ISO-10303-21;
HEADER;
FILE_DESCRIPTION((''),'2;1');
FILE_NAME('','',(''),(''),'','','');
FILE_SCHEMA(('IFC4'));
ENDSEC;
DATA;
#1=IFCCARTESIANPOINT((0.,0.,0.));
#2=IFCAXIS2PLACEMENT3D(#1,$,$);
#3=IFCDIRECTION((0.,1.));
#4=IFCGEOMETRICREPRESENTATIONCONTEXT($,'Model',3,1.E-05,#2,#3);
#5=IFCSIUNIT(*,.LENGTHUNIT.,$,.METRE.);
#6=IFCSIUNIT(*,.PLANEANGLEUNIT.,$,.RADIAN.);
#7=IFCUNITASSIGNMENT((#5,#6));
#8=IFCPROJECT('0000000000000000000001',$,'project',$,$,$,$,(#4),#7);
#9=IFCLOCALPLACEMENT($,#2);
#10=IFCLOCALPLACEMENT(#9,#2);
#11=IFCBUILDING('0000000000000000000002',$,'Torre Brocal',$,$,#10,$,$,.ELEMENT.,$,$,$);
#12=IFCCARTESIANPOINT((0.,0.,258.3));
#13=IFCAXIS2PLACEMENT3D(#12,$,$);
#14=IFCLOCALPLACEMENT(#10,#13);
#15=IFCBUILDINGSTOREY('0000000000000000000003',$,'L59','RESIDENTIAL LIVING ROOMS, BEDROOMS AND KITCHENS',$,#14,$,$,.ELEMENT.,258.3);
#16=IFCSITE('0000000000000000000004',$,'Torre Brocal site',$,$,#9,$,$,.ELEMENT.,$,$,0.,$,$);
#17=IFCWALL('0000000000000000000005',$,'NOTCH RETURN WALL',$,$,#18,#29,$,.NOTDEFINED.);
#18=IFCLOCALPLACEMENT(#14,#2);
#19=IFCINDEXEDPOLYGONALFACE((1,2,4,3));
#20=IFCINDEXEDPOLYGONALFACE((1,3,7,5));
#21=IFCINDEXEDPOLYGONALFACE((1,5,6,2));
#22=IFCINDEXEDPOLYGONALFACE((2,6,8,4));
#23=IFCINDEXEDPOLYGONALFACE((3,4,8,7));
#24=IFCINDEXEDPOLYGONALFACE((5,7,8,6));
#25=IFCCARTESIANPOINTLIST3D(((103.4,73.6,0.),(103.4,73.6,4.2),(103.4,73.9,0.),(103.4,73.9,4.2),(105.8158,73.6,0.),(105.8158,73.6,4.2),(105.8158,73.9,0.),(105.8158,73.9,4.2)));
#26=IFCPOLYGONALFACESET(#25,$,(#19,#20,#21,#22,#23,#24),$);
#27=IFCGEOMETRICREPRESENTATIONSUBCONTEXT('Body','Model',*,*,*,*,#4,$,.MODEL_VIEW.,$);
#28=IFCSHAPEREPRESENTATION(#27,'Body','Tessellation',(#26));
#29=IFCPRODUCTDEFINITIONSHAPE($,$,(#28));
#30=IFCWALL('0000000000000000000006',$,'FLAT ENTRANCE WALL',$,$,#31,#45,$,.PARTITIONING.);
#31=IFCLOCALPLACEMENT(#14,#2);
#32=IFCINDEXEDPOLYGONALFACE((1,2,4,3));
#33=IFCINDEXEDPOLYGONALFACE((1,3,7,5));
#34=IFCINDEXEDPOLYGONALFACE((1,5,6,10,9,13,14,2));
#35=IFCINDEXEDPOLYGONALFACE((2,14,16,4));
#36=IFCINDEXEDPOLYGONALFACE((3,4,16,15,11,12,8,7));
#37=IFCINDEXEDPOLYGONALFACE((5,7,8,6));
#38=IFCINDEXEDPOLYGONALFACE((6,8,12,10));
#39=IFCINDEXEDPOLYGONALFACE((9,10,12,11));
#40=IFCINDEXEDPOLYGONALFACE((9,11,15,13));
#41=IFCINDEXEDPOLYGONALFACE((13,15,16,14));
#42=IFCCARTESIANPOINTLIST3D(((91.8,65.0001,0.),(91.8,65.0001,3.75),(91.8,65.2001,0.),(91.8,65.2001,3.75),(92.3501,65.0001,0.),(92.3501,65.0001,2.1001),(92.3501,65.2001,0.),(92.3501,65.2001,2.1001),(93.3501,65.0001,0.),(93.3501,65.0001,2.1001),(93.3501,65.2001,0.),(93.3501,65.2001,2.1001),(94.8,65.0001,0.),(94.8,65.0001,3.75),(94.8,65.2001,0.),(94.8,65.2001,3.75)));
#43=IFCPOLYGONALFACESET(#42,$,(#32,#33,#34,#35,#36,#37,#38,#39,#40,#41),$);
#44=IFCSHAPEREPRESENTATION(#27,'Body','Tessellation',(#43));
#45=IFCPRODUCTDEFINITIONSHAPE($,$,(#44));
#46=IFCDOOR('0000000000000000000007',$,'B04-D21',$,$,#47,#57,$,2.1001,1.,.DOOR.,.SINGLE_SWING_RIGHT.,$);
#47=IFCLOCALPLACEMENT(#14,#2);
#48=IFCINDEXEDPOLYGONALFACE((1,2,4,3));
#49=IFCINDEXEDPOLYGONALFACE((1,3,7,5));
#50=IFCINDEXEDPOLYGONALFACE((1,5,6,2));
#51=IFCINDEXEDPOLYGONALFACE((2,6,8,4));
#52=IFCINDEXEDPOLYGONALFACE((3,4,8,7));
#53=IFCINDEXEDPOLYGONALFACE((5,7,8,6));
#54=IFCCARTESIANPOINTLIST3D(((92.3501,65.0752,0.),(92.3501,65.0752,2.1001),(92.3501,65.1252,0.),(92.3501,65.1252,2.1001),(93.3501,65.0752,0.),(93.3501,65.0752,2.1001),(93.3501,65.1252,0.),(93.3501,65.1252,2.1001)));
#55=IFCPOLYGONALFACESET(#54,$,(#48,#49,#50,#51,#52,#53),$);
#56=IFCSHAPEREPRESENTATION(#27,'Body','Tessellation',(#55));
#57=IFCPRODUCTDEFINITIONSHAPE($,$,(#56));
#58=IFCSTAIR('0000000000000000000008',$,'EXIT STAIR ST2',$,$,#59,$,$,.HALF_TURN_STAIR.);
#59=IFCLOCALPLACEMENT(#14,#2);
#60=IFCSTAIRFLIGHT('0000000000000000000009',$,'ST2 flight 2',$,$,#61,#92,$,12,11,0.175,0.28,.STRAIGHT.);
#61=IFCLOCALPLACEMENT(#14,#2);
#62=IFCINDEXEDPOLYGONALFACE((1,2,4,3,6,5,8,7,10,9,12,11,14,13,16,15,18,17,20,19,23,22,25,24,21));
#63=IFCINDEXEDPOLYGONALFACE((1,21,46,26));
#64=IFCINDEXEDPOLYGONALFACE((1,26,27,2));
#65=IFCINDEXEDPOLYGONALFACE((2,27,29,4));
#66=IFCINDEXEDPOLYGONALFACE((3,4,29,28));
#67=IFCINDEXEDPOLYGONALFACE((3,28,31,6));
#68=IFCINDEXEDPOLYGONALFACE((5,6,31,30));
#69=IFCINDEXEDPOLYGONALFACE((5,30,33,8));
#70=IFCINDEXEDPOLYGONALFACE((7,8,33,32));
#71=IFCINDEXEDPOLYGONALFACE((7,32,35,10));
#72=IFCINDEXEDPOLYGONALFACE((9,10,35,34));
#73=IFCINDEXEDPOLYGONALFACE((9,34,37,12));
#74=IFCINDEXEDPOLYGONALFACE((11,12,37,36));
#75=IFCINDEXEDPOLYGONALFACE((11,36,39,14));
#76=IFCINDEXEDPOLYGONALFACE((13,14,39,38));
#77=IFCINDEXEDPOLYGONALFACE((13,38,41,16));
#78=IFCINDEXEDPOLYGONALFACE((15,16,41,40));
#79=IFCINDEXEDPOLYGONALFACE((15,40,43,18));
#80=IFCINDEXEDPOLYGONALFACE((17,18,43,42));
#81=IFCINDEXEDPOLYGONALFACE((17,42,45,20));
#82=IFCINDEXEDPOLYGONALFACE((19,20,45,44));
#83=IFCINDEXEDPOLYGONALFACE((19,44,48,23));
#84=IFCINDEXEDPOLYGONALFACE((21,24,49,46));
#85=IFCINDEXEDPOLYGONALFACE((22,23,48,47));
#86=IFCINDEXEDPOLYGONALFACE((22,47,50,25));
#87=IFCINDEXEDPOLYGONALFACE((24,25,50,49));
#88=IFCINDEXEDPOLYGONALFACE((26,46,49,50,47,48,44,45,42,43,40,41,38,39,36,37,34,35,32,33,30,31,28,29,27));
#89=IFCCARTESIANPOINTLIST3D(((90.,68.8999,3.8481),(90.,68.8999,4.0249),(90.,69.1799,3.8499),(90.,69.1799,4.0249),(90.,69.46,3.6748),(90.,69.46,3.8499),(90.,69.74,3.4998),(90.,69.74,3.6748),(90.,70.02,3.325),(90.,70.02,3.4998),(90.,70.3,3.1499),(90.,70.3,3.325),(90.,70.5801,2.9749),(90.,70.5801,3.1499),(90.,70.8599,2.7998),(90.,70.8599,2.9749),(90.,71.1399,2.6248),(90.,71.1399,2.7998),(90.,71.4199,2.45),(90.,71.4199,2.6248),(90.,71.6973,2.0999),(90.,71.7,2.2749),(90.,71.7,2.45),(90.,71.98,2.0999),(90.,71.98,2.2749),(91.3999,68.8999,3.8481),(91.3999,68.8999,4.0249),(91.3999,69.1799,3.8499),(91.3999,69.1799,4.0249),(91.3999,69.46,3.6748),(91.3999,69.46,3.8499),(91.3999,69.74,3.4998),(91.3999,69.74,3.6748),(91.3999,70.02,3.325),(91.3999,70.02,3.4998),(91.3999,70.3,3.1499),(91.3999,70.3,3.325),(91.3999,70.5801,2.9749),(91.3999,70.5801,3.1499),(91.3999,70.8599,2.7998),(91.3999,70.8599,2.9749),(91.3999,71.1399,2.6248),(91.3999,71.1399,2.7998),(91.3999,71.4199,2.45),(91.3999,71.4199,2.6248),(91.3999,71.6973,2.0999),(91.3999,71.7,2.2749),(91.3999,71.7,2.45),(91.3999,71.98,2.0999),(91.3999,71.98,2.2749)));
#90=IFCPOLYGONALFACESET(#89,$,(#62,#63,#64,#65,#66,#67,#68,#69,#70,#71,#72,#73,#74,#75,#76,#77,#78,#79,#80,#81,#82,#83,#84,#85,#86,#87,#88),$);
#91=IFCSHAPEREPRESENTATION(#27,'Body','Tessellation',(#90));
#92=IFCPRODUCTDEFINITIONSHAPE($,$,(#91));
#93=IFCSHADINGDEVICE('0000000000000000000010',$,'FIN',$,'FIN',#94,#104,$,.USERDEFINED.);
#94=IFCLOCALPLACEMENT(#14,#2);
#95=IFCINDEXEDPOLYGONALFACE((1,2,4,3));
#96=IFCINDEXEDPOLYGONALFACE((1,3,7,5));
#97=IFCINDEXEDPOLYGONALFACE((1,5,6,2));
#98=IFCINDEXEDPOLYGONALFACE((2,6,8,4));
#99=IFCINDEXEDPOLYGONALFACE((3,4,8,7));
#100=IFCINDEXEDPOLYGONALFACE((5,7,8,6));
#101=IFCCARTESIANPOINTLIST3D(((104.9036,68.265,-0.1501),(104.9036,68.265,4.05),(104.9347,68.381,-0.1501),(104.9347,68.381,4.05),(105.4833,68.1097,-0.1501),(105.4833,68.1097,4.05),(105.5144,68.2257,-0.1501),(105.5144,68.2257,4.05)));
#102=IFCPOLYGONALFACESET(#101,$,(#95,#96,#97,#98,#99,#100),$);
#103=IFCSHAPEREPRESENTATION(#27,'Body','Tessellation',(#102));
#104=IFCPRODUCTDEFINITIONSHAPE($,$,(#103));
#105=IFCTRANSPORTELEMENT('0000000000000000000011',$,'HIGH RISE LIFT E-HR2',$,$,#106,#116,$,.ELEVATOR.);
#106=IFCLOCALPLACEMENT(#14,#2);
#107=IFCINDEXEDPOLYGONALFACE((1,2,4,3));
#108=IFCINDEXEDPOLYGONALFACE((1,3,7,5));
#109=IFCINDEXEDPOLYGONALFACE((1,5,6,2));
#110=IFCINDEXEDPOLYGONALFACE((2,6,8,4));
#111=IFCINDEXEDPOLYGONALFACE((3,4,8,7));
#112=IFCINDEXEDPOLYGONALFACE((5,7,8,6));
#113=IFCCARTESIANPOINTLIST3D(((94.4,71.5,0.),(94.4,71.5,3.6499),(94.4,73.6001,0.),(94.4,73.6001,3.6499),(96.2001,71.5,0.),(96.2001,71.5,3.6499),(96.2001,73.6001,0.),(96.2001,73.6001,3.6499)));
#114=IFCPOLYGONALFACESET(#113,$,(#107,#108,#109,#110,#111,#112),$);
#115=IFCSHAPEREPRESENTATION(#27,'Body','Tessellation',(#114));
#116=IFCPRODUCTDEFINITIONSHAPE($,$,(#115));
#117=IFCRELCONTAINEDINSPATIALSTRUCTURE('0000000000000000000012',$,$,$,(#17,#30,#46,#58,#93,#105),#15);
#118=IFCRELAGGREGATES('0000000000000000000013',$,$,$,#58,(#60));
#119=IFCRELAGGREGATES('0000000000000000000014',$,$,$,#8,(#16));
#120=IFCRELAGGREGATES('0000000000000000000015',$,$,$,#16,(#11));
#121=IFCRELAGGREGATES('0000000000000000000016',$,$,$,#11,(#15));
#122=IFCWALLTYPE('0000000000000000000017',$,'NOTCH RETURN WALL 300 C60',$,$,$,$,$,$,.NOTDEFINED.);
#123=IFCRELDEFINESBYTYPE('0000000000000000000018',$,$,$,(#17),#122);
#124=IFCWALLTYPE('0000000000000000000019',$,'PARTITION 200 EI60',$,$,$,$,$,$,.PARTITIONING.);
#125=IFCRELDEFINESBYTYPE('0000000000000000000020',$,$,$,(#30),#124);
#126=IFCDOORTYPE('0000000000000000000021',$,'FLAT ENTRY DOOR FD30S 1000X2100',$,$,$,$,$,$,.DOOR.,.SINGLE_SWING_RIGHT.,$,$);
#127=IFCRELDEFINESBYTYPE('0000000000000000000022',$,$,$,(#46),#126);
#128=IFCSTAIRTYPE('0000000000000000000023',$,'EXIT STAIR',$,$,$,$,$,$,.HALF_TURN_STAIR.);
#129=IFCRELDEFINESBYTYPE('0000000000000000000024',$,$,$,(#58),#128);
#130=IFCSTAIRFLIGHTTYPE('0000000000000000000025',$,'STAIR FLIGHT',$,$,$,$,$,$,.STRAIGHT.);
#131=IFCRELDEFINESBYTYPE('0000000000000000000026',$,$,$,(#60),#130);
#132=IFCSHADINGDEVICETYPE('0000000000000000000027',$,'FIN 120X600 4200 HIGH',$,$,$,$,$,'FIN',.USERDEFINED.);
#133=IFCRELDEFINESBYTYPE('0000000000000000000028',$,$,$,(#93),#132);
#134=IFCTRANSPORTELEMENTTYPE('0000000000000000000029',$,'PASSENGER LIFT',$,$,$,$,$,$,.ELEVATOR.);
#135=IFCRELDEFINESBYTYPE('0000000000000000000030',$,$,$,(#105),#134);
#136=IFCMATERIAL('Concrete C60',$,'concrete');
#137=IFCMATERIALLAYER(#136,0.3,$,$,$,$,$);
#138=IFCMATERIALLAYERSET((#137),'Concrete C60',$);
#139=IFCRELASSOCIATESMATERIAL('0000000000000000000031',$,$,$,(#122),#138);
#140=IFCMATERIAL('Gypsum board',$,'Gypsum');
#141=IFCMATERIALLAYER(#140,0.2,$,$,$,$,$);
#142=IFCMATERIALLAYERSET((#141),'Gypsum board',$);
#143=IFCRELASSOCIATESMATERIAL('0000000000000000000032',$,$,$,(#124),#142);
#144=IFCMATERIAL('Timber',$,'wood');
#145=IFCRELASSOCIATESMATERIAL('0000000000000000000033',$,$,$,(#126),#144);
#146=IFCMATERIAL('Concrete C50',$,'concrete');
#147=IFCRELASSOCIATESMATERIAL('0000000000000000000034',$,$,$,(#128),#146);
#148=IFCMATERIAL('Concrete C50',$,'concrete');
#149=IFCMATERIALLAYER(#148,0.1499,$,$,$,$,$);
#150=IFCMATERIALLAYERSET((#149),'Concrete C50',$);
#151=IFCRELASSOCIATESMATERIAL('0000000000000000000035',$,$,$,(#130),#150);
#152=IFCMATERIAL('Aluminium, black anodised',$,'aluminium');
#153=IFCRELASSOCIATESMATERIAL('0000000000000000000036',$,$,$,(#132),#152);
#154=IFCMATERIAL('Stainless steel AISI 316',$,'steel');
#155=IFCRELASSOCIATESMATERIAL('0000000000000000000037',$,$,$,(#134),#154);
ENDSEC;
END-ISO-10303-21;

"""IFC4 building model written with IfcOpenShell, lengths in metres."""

from ifc_helpers import new_model, si_unit, direction, frame, frame_2d, origin, origin_2d, place, context, subcontext, project, spatial, polyline, rectangle, outline, extrude, material, layer, layer_set, material_profile, profile_set, type_object, element, fill, aggregate, save


model = new_model("IFC4")

# Units and contexts
model_context = context("Model", 3, precision=1e-05, world=origin(), true_north=direction((0.0, 1.0)))
body_context = subcontext(model_context, "Body", "Model", "MODEL_VIEW")
ifc_project = project(units=[si_unit("LENGTHUNIT", "METRE"), si_unit("PLANEANGLEUNIT", "RADIAN")], contexts=[model_context])

# Site, building, storey
site_placement = place(None, origin())
site = spatial("IfcSite", under=ifc_project, at=site_placement, Name="Torre Brocal site", CompositionType="ELEMENT", RefElevation=0.0)
building_placement = place(site_placement, origin())
building = spatial("IfcBuilding", under=site, at=building_placement, Name="Torre Brocal", CompositionType="ELEMENT")
storey_placement = place(building_placement, frame((0.0, 0.0, 258.3)))
storey = spatial("IfcBuildingStorey", under=building, at=storey_placement, Name="L59", Description="RESIDENTIAL LIVING ROOMS, BEDROOMS AND KITCHENS", CompositionType="ELEMENT", Elevation=258.3)

# Wall
ifc_material_1 = material(Name="Concrete C60", Category="concrete")
ifc_layer_1 = layer(ifc_material_1, 0.3)
ifc_layer_set_1 = layer_set([ifc_layer_1], Name="Concrete C60")
wall_type_1 = type_object("IfcWallType", Name="NOTCH RETURN WALL 300 C60", PredefinedType="NOTDEFINED", material=ifc_layer_set_1)
wall_1_placement = place(storey_placement, frame((103.3999, 73.75, 0.0), z_axis=(0.0, 0.0, 1.0), x_axis=(1.0, 0.0, 0.0)))
element("IfcWall", 1, at=wall_1_placement, inside=storey, type_object=wall_type_1, Name="NOTCH RETURN WALL", PredefinedType="NOTDEFINED", context=body_context, shape_type="SweptSolid", body=[
    extrude(rectangle(XDim=2.4158, YDim=0.3, at=frame_2d((1.208, 0.0))), origin(), (0.0, 0.0, 1.0), 4.2),
])

# Wall, opening, door
ifc_material_2 = material(Name="Gypsum board", Category="Gypsum")
ifc_layer_2 = layer(ifc_material_2, 0.2)
ifc_layer_set_2 = layer_set([ifc_layer_2], Name="Gypsum board")
wall_type_2 = type_object("IfcWallType", Name="PARTITION 200 EI60", PredefinedType="PARTITIONING", material=ifc_layer_set_2)
wall_2_placement = place(storey_placement, frame((91.8, 65.1001, 0.0), z_axis=(0.0, 0.0, 1.0), x_axis=(1.0, 0.0, 0.0)))
wall_2 = element("IfcWall", 2, at=wall_2_placement, inside=storey, type_object=wall_type_2, Name="FLAT ENTRANCE WALL", PredefinedType="PARTITIONING", context=body_context, shape_type="SweptSolid", body=[
    extrude(rectangle(XDim=3.0, YDim=0.2, at=frame_2d((1.5, 0.0))), origin(), (0.0, 0.0, 1.0), 3.75),
])
opening_1_placement = place(wall_2_placement, frame((0.55, 0.0, 0.0)))
opening_1 = element("IfcOpeningElement", 3, at=opening_1_placement, cuts=wall_2, PredefinedType="OPENING", context=body_context, shape_type="SweptSolid", body=[
    extrude(rectangle(XDim=1.0, YDim=2.1001, at=frame_2d((0.5, 1.05))), frame((0.0, 0.1099, 0.0), z_axis=(0.0, -1.0, 0.0), x_axis=(1.0, 0.0, 0.0)), (0.0, 0.0, 1.0), 0.22),
])
ifc_material_3 = material(Name="Timber", Category="wood")
door_type_1 = type_object("IfcDoorType", Name="FLAT ENTRY DOOR FD30S 1000X2100", OperationType="SINGLE_SWING_RIGHT", PredefinedType="DOOR", material=ifc_material_3)
door_1_placement = place(opening_1_placement, frame((1.0, 0.0, 0.0), z_axis=(0.0, 0.0, 1.0), x_axis=(-1.0, 0.0, 0.0)))
door_1 = element("IfcDoor", 4, at=door_1_placement, inside=storey, type_object=door_type_1, Name="B04-D21", OperationType="SINGLE_SWING_RIGHT", OverallHeight=2.1001, OverallWidth=1.0, PredefinedType="DOOR", context=body_context, shape_type="SweptSolid", body=[
    extrude(rectangle(XDim=1.0, YDim=2.1001, at=frame_2d((0.5, 1.05))), frame((0.0, 0.0249, 0.0), z_axis=(0.0, -1.0, 0.0), x_axis=(1.0, 0.0, 0.0)), (0.0, 0.0, 1.0), 0.05),
])
fill(opening_1, door_1)

# Stair, stair flight
ifc_material_4 = material(Name="Concrete C50", Category="concrete")
stair_type = type_object("IfcStairType", Name="EXIT STAIR", PredefinedType="HALF_TURN_STAIR", material=ifc_material_4)
stair_placement = place(storey_placement, origin())
stair = element("IfcStair", 5, at=stair_placement, inside=storey, type_object=stair_type, Name="EXIT STAIR ST2", PredefinedType="HALF_TURN_STAIR")
ifc_material_5 = material(Name="Concrete C50", Category="concrete")
ifc_layer_3 = layer(ifc_material_5, 0.1499)
ifc_layer_set_3 = layer_set([ifc_layer_3], Name="Concrete C50")
stair_flight_type = type_object("IfcStairFlightType", Name="STAIR FLIGHT", PredefinedType="STRAIGHT", material=ifc_layer_set_3)
stair_flight_placement = place(storey_placement, frame((90.7, 71.98, 2.0999), z_axis=(0.0, 0.0, 1.0), x_axis=(0.0, -1.0, 0.0)))
stair_flight = element("IfcStairFlight", 6, at=stair_flight_placement, type_object=stair_flight_type, Name="ST2 flight 2", NumberOfRisers=12, NumberOfTreads=11, PredefinedType="STRAIGHT", RiserHeight=0.175, TreadLength=0.28, context=body_context, shape_type="SweptSolid", body=[
    extrude(outline(polyline([(0.0, 0.0), (0.0, 0.175), (0.28, 0.175), (0.28, 0.3501), (0.5601, 0.3501), (0.5601, 0.5249), (0.8401, 0.5249), (0.8401, 0.7), (1.1201, 0.7), (1.1201, 0.875), (1.3999, 0.875), (1.3999, 1.05), (1.6799, 1.05), (1.6799, 1.2251), (1.96, 1.2251), (1.96, 1.3999), (2.24, 1.3999), (2.24, 1.575), (2.52, 1.575), (2.52, 1.75), (2.8, 1.75), (2.8, 1.925), (3.0801, 1.925), (3.0801, 2.1001), (3.0801, 1.7483), (0.2827, 0.0), (0.0, 0.0)])), frame((0.0, 0.7, 0.0), z_axis=(0.0, -1.0, 0.0), x_axis=(1.0, 0.0, 0.0)), (0.0, 0.0, 1.0), 1.3999),
])
aggregate(stair, [stair_flight])

# Shading device
ifc_material_6 = material(Name="Aluminium, black anodised", Category="aluminium")
ifc_material_profile_1 = material_profile(ifc_material_6, rectangle(XDim=0.1201, YDim=0.6001, at=origin_2d()), Name="FIN 120X600 4200 HIGH")
ifc_profile_set_1 = profile_set([ifc_material_profile_1], Name="Aluminium, black anodised")
shading_device_type = type_object("IfcShadingDeviceType", Name="FIN 120X600 4200 HIGH", ElementType="FIN", PredefinedType="USERDEFINED", material=ifc_profile_set_1)
shading_device_placement = place(storey_placement, frame((105.209, 68.2454, -0.1501), z_axis=(0.0, 0.0, 1.0), x_axis=(0.258819, 0.965926, 0.0)))
element("IfcShadingDevice", 7, at=shading_device_placement, inside=storey, type_object=shading_device_type, Name="FIN", ObjectType="FIN", PredefinedType="USERDEFINED", context=body_context, shape_type="SweptSolid", body=[
    extrude(rectangle(XDim=0.1201, YDim=0.6001, at=origin_2d()), origin(), (0.0, 0.0, 1.0), 4.2002),
])

# Transport element
ifc_material_7 = material(Name="Stainless steel AISI 316", Category="steel")
transport_element_type = type_object("IfcTransportElementType", Name="PASSENGER LIFT", PredefinedType="ELEVATOR", material=ifc_material_7)
transport_element_placement = place(storey_placement, frame((95.3, 72.55, 0.0), z_axis=(0.0, 0.0, 1.0), x_axis=(1.0, 0.0, 0.0)))
element("IfcTransportElement", 8, at=transport_element_placement, inside=storey, type_object=transport_element_type, Name="HIGH RISE LIFT E-HR2", PredefinedType="ELEVATOR", context=body_context, shape_type="SweptSolid", body=[
    extrude(rectangle(XDim=1.8, YDim=2.1001, at=origin_2d()), origin(), (0.0, 0.0, 1.0), 3.6499),
])

save(model, "model.ifc")
